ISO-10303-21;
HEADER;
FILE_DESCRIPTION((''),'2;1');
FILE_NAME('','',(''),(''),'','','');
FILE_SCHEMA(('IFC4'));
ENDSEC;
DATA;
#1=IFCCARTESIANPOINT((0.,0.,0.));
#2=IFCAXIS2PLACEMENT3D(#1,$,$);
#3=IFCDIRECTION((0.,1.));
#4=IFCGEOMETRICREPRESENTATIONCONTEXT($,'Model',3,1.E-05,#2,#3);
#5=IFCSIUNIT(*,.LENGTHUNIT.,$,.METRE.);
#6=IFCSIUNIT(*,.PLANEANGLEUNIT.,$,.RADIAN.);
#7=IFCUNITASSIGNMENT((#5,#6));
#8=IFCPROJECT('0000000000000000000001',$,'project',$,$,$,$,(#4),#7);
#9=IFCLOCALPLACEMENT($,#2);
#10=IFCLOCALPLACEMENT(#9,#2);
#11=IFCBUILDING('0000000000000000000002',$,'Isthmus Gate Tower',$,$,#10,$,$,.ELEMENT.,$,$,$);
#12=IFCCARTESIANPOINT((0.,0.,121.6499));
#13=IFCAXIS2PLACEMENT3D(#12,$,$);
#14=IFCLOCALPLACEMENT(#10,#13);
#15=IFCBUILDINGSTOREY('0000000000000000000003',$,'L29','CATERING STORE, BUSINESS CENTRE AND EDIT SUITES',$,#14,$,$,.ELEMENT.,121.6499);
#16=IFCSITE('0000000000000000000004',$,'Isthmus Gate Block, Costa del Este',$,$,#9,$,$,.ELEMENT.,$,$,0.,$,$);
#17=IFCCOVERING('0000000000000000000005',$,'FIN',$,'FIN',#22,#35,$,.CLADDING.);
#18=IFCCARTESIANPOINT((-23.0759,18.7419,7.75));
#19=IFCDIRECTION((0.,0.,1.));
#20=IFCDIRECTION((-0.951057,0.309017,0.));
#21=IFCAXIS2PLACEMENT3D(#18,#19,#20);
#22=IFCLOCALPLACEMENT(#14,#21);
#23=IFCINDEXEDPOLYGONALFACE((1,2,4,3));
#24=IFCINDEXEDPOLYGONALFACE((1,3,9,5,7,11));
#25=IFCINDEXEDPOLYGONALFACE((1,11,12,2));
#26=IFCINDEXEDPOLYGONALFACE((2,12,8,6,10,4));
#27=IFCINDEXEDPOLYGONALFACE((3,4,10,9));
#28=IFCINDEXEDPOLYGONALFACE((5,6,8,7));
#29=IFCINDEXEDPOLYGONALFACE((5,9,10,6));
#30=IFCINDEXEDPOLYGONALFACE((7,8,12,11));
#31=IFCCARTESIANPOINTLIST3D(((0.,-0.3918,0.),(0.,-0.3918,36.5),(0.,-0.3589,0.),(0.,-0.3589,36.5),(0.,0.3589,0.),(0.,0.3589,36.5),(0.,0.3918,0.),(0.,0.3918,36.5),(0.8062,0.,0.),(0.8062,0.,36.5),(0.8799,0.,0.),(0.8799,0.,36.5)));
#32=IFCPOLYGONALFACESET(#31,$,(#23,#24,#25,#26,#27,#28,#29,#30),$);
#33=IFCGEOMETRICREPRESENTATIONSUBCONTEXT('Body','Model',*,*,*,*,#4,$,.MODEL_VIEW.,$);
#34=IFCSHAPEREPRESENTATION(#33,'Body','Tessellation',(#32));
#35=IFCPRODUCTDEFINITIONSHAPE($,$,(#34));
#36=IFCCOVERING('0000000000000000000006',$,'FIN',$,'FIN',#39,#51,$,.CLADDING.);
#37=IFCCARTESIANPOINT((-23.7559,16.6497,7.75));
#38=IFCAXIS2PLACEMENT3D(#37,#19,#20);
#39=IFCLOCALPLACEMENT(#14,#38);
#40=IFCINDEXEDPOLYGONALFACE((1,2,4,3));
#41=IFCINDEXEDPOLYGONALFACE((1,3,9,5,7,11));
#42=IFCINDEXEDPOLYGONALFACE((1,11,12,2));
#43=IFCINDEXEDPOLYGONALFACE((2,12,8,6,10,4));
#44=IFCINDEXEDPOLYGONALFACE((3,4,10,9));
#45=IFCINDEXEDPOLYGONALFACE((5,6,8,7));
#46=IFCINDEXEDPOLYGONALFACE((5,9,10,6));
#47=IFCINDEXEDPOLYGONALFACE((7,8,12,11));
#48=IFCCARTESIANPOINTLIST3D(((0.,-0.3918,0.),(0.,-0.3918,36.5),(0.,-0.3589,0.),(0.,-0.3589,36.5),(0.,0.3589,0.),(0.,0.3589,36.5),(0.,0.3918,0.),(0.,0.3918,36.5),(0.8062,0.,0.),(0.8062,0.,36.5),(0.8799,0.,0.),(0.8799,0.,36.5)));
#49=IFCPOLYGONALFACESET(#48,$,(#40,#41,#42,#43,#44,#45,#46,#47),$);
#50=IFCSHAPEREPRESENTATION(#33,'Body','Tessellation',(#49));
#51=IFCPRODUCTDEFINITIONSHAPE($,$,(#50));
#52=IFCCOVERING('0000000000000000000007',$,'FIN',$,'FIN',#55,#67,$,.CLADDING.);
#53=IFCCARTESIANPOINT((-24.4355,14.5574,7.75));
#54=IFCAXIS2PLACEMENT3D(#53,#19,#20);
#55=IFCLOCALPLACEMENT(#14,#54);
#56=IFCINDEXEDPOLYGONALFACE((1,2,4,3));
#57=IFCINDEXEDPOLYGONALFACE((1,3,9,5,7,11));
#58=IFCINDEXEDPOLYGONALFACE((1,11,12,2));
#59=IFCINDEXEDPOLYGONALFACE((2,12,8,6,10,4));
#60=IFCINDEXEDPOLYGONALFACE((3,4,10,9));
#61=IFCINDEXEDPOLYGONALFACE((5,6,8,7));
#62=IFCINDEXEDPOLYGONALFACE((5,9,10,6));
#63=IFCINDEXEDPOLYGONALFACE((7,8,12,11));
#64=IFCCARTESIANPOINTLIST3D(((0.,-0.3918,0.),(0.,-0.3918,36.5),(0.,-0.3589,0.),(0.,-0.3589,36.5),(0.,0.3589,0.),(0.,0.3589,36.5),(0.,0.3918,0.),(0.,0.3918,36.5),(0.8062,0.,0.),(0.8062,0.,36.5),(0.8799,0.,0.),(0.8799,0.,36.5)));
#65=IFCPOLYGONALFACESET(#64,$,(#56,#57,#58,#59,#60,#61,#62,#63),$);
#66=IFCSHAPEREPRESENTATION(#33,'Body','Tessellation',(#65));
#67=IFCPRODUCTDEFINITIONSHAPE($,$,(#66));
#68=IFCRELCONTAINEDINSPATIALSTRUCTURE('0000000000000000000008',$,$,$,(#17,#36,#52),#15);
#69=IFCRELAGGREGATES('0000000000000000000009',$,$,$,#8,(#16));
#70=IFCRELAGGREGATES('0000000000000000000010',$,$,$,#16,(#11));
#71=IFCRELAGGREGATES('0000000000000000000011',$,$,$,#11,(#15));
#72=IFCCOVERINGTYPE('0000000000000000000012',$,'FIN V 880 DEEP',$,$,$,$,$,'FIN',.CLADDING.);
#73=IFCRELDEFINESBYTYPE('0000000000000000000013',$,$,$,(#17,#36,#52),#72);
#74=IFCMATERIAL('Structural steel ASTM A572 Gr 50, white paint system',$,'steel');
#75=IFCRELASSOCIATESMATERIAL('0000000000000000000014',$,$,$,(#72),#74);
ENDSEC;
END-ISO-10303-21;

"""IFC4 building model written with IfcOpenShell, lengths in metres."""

from ifc_helpers import new_model, si_unit, direction, frame, origin, place, context, subcontext, project, spatial, polyline, outline, extrude, material, material_profile, profile_set, type_object, element, save


model = new_model("IFC4")

# Units and contexts
model_context = context("Model", 3, precision=1e-05, world=origin(), true_north=direction((0.0, 1.0)))
body_context = subcontext(model_context, "Body", "Model", "MODEL_VIEW")
ifc_project = project(units=[si_unit("LENGTHUNIT", "METRE"), si_unit("PLANEANGLEUNIT", "RADIAN")], contexts=[model_context])

# Site, building, storey
site_placement = place(None, origin())
site = spatial("IfcSite", under=ifc_project, at=site_placement, Name="Isthmus Gate Block, Costa del Este", CompositionType="ELEMENT", RefElevation=0.0)
building_placement = place(site_placement, origin())
building = spatial("IfcBuilding", under=site, at=building_placement, Name="Isthmus Gate Tower", CompositionType="ELEMENT")
storey_placement = place(building_placement, frame((0.0, 0.0, 121.6499)))
storey = spatial("IfcBuildingStorey", under=building, at=storey_placement, Name="L29", Description="CATERING STORE, BUSINESS CENTRE AND EDIT SUITES", CompositionType="ELEMENT", Elevation=121.6499)

# Coverings
ifc_material_1 = material(Name="Structural steel ASTM A572 Gr 50, white paint system", Category="steel")
ifc_material_profile_1 = material_profile(ifc_material_1, outline(polyline([(0.0, -0.3918), (0.8799, 0.0), (0.0, 0.3918), (0.0, 0.3589), (0.8062, 0.0), (0.0, -0.3589), (0.0, -0.3918)])), Name="V880")
ifc_profile_set_1 = profile_set([ifc_material_profile_1], Name="Structural steel ASTM A572 Gr 50, white paint system")
covering_type_1 = type_object("IfcCoveringType", Name="FIN V 880 DEEP", ElementType="FIN", PredefinedType="CLADDING", material=ifc_profile_set_1)
for number, where, z_axis, x_axis, name in (
    (1, (-23.0759, 18.7419, 7.75), (0.0, 0.0, 1.0), (-0.951057, 0.309017, 0.0), "FIN"),
    (2, (-23.7559, 16.6497, 7.75), (0.0, 0.0, 1.0), (-0.951057, 0.309017, 0.0), "FIN"),
    (3, (-24.4355, 14.5574, 7.75), (0.0, 0.0, 1.0), (-0.951057, 0.309017, 0.0), "FIN"),
):
    element("IfcCovering", number, at=place(storey_placement, frame(where, z_axis=z_axis, x_axis=x_axis)), inside=storey, type_object=covering_type_1, Name=name, ObjectType="FIN", PredefinedType="CLADDING", context=body_context, shape_type="SweptSolid", body=[
        extrude(outline(polyline([(0.0, -0.3918), (0.8799, 0.0), (0.0, 0.3918), (0.0, 0.3589), (0.8062, 0.0), (0.0, -0.3589), (0.0, -0.3918)])), origin(), (0.0, 0.0, 1.0), 36.5),
    ])

save(model, "model.ifc")
